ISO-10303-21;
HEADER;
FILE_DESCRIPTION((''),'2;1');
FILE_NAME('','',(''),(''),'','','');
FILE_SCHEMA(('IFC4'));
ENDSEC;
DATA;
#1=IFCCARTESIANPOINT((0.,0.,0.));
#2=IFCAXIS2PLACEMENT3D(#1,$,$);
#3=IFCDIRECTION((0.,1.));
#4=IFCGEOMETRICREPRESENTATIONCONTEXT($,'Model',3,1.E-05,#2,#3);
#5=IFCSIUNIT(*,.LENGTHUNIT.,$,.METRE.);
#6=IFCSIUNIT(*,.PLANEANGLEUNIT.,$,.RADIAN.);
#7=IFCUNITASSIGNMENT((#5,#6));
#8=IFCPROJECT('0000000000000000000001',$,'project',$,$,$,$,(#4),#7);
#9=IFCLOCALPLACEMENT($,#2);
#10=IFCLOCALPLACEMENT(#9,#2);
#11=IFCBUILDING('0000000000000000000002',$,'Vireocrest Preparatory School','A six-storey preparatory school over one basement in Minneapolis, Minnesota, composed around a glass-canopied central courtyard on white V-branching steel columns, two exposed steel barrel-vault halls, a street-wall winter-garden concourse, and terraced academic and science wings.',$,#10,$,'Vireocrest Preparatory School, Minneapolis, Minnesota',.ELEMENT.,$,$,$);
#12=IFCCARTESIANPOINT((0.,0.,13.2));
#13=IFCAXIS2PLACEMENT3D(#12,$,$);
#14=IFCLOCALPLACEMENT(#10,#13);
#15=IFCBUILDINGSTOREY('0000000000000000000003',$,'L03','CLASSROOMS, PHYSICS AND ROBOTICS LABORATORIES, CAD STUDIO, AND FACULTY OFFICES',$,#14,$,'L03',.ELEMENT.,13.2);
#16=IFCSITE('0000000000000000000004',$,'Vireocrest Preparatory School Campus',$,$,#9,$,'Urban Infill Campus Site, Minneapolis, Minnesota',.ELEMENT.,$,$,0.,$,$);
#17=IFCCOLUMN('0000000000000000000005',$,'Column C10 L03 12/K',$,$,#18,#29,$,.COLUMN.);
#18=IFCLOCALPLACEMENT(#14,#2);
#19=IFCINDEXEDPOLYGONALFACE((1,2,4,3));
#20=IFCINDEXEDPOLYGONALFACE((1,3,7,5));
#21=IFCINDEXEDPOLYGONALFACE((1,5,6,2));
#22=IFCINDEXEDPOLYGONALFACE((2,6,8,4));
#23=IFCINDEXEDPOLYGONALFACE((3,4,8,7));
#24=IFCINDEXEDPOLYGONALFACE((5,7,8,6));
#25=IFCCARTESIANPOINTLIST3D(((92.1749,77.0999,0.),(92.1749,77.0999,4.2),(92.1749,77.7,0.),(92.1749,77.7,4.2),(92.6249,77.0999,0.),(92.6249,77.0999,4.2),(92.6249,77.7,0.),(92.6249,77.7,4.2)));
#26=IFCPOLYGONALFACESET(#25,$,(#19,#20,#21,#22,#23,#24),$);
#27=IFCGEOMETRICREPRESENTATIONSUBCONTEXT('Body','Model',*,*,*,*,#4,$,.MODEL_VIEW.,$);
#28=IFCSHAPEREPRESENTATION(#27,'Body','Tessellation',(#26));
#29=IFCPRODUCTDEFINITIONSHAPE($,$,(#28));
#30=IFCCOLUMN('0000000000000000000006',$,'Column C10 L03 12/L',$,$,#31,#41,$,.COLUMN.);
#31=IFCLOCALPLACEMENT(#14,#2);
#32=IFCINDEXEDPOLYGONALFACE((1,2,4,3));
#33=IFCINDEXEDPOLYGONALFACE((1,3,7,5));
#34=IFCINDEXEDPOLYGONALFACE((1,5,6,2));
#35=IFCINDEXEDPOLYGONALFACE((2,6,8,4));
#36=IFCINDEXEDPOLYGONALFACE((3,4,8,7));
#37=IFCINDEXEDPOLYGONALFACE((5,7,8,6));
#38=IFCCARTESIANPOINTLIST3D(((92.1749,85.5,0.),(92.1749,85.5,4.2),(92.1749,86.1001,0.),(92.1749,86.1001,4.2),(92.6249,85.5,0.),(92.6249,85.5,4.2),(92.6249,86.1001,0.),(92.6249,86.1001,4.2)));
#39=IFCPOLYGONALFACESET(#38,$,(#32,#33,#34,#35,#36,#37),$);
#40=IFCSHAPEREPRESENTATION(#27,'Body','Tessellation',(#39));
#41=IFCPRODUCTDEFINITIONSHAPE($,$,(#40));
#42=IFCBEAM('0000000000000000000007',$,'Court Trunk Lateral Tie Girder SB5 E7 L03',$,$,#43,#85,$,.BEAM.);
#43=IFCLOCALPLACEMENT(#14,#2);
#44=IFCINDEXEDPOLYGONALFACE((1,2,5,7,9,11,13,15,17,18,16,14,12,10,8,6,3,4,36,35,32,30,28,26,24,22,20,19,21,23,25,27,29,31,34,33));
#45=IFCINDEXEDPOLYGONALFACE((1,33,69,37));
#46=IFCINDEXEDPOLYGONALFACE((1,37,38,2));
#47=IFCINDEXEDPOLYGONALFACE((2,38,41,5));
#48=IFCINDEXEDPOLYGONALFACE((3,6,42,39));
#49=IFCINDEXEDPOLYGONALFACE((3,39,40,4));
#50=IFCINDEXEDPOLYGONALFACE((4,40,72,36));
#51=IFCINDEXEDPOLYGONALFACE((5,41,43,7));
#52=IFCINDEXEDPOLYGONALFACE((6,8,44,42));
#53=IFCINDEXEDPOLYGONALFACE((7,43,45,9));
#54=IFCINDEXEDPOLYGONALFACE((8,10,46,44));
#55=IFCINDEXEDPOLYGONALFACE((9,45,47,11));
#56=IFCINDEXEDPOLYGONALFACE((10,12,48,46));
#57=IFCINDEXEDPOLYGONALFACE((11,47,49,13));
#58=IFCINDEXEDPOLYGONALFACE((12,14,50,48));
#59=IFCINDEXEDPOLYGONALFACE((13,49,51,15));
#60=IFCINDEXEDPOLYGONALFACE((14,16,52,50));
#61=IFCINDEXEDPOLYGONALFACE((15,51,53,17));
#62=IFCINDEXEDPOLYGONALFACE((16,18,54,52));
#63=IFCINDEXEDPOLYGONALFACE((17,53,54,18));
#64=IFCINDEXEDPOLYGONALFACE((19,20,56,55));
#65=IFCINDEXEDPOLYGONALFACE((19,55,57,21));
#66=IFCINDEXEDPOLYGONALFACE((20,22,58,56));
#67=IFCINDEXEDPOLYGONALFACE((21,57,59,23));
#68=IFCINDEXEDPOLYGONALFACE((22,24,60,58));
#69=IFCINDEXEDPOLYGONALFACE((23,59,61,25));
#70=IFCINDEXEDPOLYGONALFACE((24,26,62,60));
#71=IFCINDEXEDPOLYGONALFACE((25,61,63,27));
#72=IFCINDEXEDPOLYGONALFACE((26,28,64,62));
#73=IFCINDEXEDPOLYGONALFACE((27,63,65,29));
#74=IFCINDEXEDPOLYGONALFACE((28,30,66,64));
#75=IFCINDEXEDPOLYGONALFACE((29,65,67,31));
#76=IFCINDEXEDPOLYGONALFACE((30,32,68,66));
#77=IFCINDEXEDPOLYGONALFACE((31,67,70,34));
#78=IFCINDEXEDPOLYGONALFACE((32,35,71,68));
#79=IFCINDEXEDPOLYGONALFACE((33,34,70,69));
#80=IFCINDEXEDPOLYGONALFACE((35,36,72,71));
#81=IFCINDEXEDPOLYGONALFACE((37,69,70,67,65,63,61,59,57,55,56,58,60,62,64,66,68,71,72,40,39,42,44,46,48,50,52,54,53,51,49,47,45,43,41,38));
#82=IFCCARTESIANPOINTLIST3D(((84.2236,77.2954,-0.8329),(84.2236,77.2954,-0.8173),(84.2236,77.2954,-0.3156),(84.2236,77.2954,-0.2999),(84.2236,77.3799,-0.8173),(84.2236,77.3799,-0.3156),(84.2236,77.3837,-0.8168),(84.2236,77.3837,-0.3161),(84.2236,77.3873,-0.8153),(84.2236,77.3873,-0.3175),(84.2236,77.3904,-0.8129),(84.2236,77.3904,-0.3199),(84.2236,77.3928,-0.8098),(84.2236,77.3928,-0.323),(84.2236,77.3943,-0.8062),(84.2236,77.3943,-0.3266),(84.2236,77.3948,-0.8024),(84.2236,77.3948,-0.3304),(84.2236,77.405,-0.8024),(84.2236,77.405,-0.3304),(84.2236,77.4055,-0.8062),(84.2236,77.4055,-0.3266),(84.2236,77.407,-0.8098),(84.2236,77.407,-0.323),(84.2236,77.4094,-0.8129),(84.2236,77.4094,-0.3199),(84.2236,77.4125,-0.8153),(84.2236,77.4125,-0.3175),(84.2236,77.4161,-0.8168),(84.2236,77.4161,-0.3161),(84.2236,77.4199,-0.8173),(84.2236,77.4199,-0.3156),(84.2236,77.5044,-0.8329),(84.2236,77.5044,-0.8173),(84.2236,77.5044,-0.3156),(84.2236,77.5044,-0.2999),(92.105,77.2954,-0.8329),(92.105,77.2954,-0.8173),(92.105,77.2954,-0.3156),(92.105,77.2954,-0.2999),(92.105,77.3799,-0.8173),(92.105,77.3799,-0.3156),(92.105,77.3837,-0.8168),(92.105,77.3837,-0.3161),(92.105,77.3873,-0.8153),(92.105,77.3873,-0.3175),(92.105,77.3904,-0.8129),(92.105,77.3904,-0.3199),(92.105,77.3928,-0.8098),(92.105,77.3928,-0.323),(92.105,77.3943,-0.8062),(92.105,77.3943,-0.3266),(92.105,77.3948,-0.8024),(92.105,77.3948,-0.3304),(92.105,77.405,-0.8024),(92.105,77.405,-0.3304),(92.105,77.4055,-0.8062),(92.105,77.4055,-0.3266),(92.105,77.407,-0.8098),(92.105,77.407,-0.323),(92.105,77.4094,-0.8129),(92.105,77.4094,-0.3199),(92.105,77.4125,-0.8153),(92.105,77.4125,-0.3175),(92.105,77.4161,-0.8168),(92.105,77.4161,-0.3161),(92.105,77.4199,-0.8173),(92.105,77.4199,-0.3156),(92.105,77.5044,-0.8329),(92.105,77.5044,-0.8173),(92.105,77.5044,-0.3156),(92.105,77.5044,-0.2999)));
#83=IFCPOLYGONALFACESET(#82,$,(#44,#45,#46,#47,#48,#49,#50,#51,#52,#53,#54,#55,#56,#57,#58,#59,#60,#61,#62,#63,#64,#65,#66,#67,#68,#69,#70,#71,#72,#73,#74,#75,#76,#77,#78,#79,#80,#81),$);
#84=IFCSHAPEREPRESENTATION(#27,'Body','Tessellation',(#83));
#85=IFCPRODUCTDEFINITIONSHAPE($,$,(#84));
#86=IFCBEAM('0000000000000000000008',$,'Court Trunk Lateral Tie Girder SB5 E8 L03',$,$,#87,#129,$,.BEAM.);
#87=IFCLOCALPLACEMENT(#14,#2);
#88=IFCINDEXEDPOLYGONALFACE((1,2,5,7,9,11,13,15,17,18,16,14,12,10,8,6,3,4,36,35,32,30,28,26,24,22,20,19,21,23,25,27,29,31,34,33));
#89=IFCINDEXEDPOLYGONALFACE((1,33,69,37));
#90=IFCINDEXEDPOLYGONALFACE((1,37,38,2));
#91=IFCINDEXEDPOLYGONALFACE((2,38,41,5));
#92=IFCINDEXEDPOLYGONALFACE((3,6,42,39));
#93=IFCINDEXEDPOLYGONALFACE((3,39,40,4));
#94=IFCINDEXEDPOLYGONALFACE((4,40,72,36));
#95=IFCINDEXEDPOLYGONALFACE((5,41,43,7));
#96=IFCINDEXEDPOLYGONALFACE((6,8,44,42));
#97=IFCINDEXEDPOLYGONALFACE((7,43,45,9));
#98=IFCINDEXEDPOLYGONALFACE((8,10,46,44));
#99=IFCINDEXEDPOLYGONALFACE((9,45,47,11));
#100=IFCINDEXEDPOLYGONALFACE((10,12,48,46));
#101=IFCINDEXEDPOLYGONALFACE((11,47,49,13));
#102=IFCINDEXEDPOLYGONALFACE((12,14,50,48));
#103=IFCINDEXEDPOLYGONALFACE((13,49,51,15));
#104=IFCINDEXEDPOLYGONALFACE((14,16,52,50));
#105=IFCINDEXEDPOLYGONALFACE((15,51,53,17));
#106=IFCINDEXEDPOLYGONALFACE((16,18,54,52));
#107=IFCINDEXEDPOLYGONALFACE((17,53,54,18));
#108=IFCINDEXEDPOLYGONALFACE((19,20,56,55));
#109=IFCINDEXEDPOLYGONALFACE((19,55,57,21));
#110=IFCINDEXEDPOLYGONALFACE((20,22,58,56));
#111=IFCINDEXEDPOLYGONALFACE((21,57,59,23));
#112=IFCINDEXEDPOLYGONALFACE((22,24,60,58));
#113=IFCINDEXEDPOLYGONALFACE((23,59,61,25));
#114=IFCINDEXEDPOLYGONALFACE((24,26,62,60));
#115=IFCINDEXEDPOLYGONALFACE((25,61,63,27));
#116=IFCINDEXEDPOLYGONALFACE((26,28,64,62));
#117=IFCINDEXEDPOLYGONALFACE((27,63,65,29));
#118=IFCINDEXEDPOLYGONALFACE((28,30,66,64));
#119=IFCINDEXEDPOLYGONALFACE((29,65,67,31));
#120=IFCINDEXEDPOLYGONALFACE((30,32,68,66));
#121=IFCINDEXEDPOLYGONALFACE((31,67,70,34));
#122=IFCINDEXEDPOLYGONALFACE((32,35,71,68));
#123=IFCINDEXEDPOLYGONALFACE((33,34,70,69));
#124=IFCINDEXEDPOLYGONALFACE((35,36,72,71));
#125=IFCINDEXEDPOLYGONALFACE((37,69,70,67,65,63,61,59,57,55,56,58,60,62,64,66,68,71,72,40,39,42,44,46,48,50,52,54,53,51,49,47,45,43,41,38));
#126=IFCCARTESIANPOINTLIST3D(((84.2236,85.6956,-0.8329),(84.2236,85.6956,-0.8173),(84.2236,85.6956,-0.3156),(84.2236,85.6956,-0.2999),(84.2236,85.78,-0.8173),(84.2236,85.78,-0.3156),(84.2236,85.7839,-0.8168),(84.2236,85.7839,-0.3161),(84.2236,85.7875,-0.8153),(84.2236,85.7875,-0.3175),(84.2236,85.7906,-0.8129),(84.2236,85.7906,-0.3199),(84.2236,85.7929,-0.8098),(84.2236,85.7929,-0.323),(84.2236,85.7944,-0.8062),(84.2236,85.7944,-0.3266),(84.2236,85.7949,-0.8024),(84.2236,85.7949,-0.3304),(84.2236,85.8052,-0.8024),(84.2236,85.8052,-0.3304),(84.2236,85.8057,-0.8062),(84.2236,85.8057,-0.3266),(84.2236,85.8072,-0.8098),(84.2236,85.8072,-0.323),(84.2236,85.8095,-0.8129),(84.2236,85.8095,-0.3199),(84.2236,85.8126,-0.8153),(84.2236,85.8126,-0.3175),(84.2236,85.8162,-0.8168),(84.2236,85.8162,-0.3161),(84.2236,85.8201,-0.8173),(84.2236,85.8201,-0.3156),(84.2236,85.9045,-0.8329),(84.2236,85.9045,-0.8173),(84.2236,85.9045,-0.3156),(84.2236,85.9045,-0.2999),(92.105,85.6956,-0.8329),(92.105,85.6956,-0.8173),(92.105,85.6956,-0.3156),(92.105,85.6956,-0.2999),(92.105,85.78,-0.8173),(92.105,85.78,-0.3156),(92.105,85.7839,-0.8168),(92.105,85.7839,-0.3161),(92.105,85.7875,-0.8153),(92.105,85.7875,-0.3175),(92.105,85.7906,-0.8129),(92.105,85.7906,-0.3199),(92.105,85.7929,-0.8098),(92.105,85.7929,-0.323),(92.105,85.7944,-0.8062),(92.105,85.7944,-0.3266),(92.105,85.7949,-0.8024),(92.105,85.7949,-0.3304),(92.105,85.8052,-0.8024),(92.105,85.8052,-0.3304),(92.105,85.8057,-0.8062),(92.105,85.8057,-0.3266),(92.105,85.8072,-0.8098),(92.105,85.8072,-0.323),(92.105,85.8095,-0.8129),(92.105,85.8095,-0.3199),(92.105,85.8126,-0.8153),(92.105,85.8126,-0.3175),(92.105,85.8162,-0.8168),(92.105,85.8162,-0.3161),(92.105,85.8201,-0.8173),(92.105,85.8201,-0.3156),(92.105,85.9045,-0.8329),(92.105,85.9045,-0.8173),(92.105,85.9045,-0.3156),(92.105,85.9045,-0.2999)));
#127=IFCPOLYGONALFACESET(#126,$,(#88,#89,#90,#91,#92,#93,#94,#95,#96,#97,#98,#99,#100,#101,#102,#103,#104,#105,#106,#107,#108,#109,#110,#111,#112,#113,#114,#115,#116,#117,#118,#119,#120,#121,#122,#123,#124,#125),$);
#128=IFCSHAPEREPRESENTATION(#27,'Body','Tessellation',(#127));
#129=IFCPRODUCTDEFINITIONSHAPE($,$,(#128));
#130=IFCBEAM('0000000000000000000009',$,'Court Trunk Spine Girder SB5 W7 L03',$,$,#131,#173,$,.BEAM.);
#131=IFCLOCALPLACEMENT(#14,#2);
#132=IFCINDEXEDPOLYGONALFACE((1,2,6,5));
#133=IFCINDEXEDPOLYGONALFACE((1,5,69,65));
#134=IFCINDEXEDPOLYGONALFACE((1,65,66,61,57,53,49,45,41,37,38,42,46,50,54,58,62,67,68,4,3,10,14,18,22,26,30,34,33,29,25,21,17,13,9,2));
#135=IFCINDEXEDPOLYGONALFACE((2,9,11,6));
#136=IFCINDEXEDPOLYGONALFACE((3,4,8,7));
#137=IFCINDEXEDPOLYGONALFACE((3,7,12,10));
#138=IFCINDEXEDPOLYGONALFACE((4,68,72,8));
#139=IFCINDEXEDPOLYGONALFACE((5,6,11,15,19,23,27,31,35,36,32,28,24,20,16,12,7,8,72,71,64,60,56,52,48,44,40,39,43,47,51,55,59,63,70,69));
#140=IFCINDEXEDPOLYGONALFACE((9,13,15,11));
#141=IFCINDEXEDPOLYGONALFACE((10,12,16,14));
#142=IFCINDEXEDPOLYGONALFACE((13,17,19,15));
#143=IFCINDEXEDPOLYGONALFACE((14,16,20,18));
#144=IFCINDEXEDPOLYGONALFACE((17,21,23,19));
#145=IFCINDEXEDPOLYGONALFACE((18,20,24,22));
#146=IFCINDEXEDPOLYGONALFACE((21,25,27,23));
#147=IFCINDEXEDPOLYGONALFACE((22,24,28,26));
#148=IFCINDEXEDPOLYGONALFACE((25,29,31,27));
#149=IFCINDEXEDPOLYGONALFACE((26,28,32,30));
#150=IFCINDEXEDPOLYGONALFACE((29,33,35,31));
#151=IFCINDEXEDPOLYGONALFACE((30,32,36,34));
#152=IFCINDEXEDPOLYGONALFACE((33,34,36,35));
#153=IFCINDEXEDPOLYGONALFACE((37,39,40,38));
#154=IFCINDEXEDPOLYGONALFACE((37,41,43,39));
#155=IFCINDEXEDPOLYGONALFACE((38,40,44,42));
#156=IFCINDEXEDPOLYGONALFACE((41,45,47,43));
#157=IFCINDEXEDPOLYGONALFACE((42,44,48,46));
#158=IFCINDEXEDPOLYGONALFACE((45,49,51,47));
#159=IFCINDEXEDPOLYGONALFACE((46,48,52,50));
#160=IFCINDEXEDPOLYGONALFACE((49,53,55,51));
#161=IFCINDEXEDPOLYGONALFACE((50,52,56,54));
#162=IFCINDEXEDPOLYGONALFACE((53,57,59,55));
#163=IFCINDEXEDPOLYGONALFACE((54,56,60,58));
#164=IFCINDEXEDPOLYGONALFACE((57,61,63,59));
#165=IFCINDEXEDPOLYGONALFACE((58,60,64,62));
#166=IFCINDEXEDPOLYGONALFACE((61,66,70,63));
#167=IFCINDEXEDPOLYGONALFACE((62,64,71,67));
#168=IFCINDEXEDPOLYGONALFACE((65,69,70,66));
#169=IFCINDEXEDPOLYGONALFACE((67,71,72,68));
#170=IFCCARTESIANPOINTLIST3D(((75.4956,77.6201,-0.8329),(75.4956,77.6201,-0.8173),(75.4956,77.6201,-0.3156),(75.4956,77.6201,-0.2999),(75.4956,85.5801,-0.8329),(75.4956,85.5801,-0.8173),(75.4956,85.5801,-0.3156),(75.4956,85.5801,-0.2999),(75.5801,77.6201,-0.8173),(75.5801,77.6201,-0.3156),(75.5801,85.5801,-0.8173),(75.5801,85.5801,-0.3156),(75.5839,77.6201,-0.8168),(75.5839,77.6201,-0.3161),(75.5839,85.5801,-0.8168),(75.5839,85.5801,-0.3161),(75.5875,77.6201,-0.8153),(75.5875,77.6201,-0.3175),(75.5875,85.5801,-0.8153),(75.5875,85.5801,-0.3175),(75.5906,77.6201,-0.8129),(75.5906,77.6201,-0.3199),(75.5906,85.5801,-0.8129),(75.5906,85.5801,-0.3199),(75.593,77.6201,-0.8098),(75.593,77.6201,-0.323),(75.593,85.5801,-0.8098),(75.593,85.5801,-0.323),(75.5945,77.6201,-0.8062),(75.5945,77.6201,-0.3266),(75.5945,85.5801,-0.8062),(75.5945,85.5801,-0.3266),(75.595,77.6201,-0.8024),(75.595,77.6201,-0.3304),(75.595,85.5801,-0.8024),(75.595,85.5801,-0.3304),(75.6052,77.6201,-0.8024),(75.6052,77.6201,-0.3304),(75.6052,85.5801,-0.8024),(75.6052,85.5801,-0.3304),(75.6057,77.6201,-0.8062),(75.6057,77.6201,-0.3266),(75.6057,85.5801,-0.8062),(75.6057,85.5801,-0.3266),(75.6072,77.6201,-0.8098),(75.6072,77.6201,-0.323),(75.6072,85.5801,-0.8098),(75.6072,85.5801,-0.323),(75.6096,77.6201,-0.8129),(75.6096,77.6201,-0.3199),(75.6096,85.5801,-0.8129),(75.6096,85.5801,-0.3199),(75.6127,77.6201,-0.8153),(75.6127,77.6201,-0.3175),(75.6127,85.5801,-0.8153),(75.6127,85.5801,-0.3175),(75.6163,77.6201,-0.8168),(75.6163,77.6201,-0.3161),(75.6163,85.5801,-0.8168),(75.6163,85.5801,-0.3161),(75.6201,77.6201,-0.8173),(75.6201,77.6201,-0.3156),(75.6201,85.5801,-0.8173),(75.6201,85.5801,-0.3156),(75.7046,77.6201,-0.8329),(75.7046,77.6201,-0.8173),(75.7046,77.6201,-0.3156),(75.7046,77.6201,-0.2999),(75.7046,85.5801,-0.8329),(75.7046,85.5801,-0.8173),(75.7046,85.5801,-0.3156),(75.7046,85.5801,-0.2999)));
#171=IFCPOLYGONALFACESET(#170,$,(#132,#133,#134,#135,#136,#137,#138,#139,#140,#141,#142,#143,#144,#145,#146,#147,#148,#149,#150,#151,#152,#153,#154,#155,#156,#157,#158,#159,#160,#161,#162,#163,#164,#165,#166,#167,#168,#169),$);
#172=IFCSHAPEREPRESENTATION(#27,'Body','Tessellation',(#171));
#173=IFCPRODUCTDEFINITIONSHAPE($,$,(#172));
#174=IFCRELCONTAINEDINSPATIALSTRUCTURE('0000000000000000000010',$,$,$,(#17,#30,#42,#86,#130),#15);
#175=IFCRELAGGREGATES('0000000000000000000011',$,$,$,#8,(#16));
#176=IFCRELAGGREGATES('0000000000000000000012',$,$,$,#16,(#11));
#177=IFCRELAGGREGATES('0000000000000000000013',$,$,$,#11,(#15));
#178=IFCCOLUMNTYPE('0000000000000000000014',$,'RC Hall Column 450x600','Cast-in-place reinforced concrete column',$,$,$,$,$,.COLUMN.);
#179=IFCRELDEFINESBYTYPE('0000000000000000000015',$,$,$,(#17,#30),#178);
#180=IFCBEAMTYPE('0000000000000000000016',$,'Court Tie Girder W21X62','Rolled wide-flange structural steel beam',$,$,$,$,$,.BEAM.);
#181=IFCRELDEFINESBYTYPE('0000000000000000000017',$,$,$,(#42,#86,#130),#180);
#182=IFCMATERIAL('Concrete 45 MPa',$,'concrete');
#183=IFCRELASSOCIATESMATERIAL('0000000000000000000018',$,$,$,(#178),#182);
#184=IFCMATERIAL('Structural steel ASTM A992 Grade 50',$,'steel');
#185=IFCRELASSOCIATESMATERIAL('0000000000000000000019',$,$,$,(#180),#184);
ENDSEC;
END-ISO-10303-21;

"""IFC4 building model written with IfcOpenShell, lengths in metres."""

from ifc_helpers import new_model, si_unit, direction, frame, origin, origin_2d, place, context, subcontext, project, spatial, rectangle, i_section, extrude, material, material_profile, profile_set, type_object, element, save


model = new_model("IFC4")

# Units and contexts
model_context = context("Model", 3, precision=1e-05, world=origin(), true_north=direction((0.0, 1.0)))
body_context = subcontext(model_context, "Body", "Model", "MODEL_VIEW")
ifc_project = project(units=[si_unit("LENGTHUNIT", "METRE"), si_unit("PLANEANGLEUNIT", "RADIAN")], contexts=[model_context])

# Site, building, storey
site_placement = place(None, origin())
site = spatial("IfcSite", under=ifc_project, at=site_placement, Name="Vireocrest Preparatory School Campus", LongName="Urban Infill Campus Site, Minneapolis, Minnesota", CompositionType="ELEMENT", RefElevation=0.0)
building_placement = place(site_placement, origin())
building = spatial("IfcBuilding", under=site, at=building_placement, Name="Vireocrest Preparatory School", Description="A six-storey preparatory school over one basement in Minneapolis, Minnesota, composed around a glass-canopied central courtyard on white V-branching steel columns, two exposed steel barrel-vault halls, a street-wall winter-garden concourse, and terraced academic and science wings.", LongName="Vireocrest Preparatory School, Minneapolis, Minnesota", CompositionType="ELEMENT")
storey_placement = place(building_placement, frame((0.0, 0.0, 13.2)))
storey = spatial("IfcBuildingStorey", under=building, at=storey_placement, Name="L03", Description="CLASSROOMS, PHYSICS AND ROBOTICS LABORATORIES, CAD STUDIO, AND FACULTY OFFICES", LongName="L03", CompositionType="ELEMENT", Elevation=13.2)

# Columns
ifc_material_1 = material(Name="Concrete 45 MPa", Category="concrete")
ifc_material_profile_1 = material_profile(ifc_material_1, rectangle(XDim=0.45, YDim=0.6001, at=origin_2d()), Name="RC 450x600")
ifc_profile_set_1 = profile_set([ifc_material_profile_1], Name="Concrete 45 MPa")
column_type = type_object("IfcColumnType", Name="RC Hall Column 450x600", Description="Cast-in-place reinforced concrete column", PredefinedType="COLUMN", material=ifc_profile_set_1)
for number, where, z_axis, x_axis, name in (
    (1, (92.3999, 77.3999, 0.0), (0.0, 0.0, 1.0), (1.0, 0.0, 0.0), "Column C10 L03 12/K"),
    (2, (92.3999, 85.8, 0.0), (0.0, 0.0, 1.0), (1.0, 0.0, 0.0), "Column C10 L03 12/L"),
):
    element("IfcColumn", number, at=place(storey_placement, frame(where, z_axis=z_axis, x_axis=x_axis)), inside=storey, type_object=column_type, Name=name, PredefinedType="COLUMN", context=body_context, shape_type="SweptSolid", body=[
        extrude(rectangle(XDim=0.45, YDim=0.6001, at=origin_2d()), origin(), (0.0, 0.0, 1.0), 4.2),
    ])

# Beams
ifc_material_2 = material(Name="Structural steel ASTM A992 Grade 50", Category="steel")
ifc_material_profile_2 = material_profile(ifc_material_2, i_section(OverallWidth=0.209, OverallDepth=0.533, WebThickness=0.0103, FlangeThickness=0.0156, FilletRadius=0.0149, at=origin_2d()), Name="W21X62")
ifc_profile_set_2 = profile_set([ifc_material_profile_2], Name="Structural steel ASTM A992 Grade 50")
beam_type_1 = type_object("IfcBeamType", Name="Court Tie Girder W21X62", Description="Rolled wide-flange structural steel beam", PredefinedType="BEAM", material=ifc_profile_set_2)
for number, where, z_axis, x_axis, name in (
    (3, (84.2236, 77.3999, -0.5664), (1.0, 0.0, 0.0), (0.0, 1.0, 0.0), "Court Trunk Lateral Tie Girder SB5 E7 L03"),
    (4, (84.2236, 85.8, -0.5664), (1.0, 0.0, 0.0), (0.0, 1.0, 0.0), "Court Trunk Lateral Tie Girder SB5 E8 L03"),
):
    element("IfcBeam", number, at=place(storey_placement, frame(where, z_axis=z_axis, x_axis=x_axis)), inside=storey, type_object=beam_type_1, Name=name, PredefinedType="BEAM", context=body_context, shape_type="SweptSolid", body=[
        extrude(i_section(OverallWidth=0.209, OverallDepth=0.533, WebThickness=0.0103, FlangeThickness=0.0156, FilletRadius=0.0149, at=origin_2d()), origin(), (0.0, 0.0, 1.0), 7.8813),
    ])
for number, where, z_axis, x_axis, name in (
    (5, (75.6001, 77.6201, -0.5664), (0.0, 1.0, 0.0), (-1.0, 0.0, 0.0), "Court Trunk Spine Girder SB5 W7 L03"),
):
    element("IfcBeam", number, at=place(storey_placement, frame(where, z_axis=z_axis, x_axis=x_axis)), inside=storey, type_object=beam_type_1, Name=name, PredefinedType="BEAM", context=body_context, shape_type="SweptSolid", body=[
        extrude(i_section(OverallWidth=0.209, OverallDepth=0.533, WebThickness=0.0103, FlangeThickness=0.0156, FilletRadius=0.0149, at=origin_2d()), origin(), (0.0, 0.0, 1.0), 7.96),
    ])

save(model, "model.ifc")
